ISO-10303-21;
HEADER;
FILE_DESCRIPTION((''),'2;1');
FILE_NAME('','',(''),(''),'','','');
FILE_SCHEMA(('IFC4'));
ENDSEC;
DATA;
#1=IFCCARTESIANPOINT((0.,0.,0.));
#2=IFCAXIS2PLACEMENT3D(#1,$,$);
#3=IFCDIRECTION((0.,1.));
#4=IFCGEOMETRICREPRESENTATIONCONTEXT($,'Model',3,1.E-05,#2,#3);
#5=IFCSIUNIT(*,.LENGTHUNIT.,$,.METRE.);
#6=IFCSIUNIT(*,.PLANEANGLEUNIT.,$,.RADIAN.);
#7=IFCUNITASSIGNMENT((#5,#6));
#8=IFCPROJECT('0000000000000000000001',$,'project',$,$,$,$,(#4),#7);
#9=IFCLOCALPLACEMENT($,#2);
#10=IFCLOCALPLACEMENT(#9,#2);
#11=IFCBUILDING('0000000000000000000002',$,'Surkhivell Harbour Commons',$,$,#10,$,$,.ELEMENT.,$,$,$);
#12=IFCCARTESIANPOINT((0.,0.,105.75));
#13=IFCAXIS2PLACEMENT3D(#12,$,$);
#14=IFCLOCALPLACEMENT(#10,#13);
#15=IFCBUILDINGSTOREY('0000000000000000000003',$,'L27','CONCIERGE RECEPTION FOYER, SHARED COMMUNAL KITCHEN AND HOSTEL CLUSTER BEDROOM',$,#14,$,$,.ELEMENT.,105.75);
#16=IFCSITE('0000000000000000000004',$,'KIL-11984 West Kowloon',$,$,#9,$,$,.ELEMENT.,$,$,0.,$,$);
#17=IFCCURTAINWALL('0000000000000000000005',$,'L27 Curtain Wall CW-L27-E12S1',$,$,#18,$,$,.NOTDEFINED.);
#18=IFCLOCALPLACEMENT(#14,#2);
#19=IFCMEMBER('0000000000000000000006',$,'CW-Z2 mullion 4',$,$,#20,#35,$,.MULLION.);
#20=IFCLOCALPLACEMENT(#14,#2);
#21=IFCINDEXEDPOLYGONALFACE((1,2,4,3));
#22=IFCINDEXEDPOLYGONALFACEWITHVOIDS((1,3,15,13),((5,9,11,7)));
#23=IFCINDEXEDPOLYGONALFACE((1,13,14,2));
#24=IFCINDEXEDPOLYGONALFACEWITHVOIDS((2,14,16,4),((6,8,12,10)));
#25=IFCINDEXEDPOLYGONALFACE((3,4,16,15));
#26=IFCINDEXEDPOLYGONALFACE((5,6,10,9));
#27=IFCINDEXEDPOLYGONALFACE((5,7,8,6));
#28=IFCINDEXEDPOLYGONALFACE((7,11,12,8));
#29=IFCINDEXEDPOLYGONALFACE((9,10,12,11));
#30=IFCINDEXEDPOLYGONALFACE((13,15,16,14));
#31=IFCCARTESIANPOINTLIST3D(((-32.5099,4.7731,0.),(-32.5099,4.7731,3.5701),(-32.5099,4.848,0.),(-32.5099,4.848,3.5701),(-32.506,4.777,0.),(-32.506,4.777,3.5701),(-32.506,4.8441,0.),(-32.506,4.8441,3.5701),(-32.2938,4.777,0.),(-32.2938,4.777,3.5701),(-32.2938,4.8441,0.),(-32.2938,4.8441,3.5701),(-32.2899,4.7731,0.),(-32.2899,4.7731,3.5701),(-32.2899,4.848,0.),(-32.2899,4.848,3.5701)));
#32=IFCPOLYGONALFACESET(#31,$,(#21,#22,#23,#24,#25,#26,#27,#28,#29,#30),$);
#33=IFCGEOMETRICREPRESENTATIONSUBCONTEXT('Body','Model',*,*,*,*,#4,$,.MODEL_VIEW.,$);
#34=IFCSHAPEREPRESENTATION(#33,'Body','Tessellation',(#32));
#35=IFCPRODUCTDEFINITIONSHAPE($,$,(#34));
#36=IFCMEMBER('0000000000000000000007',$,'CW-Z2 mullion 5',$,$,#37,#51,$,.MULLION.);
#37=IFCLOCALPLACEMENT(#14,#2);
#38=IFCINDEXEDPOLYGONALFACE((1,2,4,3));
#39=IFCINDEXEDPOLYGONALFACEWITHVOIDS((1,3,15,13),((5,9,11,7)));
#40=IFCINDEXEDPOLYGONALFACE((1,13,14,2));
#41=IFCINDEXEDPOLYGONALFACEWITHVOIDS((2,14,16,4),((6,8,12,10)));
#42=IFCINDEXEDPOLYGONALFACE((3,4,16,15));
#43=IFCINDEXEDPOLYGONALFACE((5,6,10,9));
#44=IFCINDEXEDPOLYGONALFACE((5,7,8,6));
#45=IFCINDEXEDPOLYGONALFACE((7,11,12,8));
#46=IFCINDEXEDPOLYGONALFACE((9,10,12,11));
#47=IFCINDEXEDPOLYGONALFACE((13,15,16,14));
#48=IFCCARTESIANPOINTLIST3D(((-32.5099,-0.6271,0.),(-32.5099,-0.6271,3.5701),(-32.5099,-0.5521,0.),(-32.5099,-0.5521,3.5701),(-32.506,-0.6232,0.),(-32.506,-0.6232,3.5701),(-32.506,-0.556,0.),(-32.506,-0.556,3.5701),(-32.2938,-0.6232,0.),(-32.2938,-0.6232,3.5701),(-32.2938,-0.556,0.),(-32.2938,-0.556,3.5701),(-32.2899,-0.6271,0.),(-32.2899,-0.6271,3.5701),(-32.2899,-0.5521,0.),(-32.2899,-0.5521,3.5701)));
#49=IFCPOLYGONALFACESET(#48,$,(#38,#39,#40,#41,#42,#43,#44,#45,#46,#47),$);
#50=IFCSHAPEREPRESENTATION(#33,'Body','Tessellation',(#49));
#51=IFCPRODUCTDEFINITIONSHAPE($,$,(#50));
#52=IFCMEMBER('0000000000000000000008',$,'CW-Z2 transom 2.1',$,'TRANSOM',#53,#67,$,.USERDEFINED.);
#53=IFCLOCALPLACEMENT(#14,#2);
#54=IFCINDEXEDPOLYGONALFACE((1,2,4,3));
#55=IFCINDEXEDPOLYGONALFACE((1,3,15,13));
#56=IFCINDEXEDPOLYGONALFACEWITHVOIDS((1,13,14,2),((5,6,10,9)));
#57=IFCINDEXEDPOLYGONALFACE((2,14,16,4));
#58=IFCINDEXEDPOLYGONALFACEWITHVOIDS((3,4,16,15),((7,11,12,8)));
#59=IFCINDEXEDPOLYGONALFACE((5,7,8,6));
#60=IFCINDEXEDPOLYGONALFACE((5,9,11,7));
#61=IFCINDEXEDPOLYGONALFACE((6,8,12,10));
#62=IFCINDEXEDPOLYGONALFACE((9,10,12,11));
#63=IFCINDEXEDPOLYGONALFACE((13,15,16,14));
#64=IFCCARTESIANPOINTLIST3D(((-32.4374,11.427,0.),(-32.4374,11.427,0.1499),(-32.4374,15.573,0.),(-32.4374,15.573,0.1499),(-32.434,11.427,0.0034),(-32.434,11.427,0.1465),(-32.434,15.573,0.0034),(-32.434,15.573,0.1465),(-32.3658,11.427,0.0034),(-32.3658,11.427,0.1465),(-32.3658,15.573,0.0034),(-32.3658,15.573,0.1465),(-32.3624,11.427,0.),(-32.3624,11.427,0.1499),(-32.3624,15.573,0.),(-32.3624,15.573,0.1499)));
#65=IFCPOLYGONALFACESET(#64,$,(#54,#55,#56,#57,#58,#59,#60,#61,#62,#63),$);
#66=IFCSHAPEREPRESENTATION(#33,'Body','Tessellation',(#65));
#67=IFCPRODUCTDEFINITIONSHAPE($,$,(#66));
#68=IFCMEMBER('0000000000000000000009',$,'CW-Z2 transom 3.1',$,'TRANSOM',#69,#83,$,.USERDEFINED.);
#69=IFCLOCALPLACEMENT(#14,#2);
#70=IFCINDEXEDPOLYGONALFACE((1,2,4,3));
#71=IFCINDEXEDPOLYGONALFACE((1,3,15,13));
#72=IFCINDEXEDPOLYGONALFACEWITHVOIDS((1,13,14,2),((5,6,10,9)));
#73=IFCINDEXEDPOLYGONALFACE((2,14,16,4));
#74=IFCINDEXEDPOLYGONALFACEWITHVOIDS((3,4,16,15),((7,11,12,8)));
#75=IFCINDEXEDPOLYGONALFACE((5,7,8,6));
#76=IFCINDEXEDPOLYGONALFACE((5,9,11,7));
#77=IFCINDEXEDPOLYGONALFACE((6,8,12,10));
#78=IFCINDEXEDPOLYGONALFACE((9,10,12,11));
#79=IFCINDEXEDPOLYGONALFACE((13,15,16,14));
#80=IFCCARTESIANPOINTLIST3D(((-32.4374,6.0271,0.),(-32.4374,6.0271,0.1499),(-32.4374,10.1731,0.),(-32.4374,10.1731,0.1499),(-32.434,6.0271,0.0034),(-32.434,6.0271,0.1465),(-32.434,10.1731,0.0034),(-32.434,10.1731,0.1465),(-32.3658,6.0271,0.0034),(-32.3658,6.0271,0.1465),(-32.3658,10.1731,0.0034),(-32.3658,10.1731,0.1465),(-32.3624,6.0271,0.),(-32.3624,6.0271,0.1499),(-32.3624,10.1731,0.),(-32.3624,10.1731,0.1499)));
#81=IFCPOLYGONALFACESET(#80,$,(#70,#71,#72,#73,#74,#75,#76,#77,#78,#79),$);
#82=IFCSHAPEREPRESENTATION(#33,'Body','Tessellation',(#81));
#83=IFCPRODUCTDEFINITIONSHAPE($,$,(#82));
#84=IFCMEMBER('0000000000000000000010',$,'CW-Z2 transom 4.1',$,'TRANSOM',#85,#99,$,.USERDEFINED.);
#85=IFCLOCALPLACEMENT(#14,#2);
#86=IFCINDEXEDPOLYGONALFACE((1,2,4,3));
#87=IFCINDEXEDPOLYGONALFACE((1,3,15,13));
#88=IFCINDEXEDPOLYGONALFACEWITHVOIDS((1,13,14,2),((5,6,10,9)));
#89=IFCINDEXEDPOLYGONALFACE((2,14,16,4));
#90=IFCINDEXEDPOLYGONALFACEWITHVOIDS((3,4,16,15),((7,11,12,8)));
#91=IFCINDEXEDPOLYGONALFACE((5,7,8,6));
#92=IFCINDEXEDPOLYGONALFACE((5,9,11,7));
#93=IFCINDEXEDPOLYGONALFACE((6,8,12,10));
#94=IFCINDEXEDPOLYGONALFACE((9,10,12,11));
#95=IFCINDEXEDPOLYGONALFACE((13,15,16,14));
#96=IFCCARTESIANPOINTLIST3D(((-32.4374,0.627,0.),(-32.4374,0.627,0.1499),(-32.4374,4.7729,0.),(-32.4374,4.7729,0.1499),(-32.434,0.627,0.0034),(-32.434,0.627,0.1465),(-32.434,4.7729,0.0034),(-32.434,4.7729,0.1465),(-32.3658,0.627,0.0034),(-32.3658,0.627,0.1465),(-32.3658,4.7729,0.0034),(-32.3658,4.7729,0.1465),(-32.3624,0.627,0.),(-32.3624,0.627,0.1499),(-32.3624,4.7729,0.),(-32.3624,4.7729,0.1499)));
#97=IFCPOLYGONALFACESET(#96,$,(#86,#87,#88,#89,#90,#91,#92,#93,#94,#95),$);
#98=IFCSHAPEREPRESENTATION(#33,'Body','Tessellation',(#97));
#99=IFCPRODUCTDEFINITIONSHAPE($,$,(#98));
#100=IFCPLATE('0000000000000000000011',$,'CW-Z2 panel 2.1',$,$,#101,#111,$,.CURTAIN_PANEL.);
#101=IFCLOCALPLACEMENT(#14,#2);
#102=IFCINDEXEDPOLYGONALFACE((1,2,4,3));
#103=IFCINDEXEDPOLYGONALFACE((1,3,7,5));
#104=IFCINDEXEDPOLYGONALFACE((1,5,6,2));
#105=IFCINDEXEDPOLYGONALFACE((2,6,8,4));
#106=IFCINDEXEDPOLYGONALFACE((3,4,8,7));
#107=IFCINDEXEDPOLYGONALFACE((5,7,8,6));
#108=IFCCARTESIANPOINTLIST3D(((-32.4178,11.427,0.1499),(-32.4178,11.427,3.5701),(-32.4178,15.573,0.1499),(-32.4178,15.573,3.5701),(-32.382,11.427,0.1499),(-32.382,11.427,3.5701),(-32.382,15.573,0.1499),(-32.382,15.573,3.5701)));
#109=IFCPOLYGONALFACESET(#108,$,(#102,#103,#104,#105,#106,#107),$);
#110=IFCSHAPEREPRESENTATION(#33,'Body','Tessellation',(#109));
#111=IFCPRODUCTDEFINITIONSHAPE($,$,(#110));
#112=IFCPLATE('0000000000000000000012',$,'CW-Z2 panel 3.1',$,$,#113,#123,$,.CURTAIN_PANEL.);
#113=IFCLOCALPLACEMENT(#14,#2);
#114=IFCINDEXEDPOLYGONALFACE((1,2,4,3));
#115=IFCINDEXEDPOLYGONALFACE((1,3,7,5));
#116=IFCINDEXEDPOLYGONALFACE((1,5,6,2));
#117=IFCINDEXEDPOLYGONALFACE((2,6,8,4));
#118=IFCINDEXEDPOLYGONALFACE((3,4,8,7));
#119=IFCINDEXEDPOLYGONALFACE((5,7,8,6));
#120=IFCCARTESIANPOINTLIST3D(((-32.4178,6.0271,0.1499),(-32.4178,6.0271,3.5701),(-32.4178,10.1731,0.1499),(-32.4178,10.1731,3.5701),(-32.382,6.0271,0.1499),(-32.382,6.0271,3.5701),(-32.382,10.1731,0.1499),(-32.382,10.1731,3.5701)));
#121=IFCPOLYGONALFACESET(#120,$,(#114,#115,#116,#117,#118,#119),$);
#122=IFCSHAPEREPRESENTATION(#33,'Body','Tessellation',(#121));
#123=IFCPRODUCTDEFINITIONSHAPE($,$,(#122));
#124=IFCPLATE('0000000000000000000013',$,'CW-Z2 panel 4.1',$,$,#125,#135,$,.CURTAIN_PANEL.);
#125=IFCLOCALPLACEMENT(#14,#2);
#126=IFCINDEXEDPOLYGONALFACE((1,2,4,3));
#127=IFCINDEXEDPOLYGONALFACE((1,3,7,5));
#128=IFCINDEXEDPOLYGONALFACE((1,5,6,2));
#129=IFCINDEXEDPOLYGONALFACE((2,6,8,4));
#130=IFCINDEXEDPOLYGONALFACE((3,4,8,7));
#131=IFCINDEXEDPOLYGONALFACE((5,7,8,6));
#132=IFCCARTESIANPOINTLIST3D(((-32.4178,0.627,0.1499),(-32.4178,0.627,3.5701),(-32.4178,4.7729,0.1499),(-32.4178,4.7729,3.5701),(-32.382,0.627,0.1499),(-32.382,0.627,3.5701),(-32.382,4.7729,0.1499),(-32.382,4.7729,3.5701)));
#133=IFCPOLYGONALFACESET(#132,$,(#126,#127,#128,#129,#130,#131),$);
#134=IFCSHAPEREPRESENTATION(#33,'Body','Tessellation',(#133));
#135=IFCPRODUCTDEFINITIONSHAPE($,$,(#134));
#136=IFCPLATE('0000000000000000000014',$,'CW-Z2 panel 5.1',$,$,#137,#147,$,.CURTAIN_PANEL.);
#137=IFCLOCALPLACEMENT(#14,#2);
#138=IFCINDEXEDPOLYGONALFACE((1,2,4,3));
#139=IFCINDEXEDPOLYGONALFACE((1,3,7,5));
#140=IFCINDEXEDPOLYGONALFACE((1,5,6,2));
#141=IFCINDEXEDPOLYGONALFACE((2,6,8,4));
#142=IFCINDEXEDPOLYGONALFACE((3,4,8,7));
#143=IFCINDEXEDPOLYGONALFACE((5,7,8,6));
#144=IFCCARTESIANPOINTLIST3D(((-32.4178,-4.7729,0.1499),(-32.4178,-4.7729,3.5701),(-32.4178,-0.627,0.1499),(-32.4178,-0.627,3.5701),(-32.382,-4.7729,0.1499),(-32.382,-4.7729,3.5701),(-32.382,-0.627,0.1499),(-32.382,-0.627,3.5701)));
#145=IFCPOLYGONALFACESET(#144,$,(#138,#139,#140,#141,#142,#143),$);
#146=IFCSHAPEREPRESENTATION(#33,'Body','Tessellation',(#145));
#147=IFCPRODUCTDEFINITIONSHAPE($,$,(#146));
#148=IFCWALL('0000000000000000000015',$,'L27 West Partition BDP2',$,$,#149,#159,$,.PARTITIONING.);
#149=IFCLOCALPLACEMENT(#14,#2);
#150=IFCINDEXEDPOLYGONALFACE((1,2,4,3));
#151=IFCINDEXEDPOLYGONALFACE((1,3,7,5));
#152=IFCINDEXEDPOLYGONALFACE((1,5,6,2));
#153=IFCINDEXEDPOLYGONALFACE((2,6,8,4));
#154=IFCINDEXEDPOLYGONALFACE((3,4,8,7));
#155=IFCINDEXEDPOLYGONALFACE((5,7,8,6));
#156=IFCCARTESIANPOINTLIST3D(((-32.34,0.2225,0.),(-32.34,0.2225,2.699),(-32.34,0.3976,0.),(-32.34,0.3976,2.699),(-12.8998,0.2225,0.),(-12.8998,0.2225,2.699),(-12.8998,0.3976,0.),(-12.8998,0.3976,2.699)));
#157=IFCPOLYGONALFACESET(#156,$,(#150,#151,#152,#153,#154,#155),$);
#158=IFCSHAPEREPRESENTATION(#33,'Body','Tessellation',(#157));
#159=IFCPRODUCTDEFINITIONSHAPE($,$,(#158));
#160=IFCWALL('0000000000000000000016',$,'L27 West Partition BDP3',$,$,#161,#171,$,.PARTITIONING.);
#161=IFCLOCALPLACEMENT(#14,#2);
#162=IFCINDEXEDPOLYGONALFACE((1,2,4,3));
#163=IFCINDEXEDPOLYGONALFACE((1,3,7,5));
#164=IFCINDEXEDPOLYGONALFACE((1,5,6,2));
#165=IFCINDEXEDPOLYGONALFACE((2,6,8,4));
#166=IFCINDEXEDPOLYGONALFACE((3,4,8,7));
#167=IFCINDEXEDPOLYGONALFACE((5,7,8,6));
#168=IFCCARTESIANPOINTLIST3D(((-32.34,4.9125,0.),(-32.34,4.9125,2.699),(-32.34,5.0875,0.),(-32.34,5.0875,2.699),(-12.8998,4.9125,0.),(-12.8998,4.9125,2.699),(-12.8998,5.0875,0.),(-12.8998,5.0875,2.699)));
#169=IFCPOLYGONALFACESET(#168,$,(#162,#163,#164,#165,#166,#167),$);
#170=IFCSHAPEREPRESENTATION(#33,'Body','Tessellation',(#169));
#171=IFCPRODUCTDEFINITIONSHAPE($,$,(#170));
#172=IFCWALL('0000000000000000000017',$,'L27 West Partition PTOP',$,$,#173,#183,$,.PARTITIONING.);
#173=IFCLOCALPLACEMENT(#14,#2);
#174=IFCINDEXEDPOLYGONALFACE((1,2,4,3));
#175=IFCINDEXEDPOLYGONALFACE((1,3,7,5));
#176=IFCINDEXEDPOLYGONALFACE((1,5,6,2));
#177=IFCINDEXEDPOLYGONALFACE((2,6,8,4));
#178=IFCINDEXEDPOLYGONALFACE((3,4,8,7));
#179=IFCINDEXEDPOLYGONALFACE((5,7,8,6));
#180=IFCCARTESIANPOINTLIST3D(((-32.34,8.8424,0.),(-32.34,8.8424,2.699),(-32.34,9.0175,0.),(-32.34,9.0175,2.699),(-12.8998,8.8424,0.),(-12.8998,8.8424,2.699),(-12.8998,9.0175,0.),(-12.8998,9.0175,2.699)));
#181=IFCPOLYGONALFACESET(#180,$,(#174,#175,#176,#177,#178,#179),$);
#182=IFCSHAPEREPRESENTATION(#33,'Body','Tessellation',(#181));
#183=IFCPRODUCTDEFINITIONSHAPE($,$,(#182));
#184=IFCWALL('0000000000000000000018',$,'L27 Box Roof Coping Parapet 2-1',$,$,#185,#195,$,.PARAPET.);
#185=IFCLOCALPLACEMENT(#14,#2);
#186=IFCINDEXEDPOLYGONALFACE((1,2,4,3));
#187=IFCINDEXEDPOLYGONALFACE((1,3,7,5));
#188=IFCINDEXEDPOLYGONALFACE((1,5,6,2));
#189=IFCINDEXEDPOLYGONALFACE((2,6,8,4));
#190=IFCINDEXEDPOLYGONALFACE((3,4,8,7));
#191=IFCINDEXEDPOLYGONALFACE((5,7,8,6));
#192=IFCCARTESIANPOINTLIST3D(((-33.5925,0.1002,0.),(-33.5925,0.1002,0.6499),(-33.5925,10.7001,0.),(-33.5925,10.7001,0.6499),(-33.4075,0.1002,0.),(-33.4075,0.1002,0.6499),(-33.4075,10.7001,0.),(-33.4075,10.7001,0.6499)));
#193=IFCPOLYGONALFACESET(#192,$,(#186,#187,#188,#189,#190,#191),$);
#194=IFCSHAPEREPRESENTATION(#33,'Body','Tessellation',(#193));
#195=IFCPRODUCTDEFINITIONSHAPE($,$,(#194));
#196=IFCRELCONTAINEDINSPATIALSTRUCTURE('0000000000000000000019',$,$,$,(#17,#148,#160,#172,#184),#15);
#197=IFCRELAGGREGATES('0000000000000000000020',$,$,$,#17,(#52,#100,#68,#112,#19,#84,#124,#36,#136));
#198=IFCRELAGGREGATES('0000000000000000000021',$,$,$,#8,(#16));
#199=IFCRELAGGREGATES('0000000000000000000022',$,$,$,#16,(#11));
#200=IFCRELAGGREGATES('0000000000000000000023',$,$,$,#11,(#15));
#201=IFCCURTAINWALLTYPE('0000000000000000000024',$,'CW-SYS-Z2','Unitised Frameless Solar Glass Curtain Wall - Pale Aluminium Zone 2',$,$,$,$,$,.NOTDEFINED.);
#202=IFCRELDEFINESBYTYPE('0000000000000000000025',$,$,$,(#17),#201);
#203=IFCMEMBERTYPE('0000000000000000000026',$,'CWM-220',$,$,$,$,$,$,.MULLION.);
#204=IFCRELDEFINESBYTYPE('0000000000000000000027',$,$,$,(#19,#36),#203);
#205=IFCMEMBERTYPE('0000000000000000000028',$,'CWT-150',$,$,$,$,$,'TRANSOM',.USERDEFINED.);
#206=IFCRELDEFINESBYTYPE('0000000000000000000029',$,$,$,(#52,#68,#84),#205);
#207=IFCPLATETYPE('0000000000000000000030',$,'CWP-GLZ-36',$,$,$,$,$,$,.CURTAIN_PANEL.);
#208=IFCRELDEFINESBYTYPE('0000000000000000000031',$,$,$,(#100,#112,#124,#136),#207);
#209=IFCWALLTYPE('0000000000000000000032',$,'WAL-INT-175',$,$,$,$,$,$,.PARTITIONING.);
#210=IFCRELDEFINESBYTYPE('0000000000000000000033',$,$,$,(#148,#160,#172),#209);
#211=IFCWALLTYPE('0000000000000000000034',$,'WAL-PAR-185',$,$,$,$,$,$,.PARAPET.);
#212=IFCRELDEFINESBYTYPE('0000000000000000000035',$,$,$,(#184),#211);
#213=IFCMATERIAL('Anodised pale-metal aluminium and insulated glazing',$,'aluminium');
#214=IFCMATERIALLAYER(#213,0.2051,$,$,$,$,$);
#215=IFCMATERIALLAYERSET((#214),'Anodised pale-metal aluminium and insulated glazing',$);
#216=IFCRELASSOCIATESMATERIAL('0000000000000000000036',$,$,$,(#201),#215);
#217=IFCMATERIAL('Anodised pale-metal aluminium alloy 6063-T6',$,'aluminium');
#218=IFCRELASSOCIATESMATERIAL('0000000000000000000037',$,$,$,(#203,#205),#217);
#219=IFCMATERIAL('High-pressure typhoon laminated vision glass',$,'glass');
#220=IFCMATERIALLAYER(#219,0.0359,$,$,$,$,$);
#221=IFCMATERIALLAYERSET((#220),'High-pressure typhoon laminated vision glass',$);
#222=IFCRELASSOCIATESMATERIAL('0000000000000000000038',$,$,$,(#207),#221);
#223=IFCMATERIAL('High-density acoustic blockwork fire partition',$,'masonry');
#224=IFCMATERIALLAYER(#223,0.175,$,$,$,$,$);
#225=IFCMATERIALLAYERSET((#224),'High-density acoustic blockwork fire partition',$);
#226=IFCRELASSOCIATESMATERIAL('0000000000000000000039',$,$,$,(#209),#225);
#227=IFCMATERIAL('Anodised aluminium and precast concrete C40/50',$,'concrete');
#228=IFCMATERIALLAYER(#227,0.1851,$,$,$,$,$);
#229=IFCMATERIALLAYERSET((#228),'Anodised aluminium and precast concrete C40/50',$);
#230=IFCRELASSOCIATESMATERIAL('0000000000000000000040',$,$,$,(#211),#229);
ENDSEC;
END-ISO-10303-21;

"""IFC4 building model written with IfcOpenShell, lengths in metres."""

from ifc_helpers import new_model, si_unit, direction, frame, frame_2d, origin, origin_2d, place, context, subcontext, project, spatial, rectangle, hollow_rectangle, extrude, material, layer, layer_set, material_profile, profile_set, type_object, element, aggregate, save


model = new_model("IFC4")

# Units and contexts
model_context = context("Model", 3, precision=1e-05, world=origin(), true_north=direction((0.0, 1.0)))
body_context = subcontext(model_context, "Body", "Model", "MODEL_VIEW")
ifc_project = project(units=[si_unit("LENGTHUNIT", "METRE"), si_unit("PLANEANGLEUNIT", "RADIAN")], contexts=[model_context])

# Site, building, storey
site_placement = place(None, origin())
site = spatial("IfcSite", under=ifc_project, at=site_placement, Name="KIL-11984 West Kowloon", CompositionType="ELEMENT", RefElevation=0.0)
building_placement = place(site_placement, origin())
building = spatial("IfcBuilding", under=site, at=building_placement, Name="Surkhivell Harbour Commons", CompositionType="ELEMENT")
storey_placement = place(building_placement, frame((0.0, 0.0, 105.75)))
storey = spatial("IfcBuildingStorey", under=building, at=storey_placement, Name="L27", Description="CONCIERGE RECEPTION FOYER, SHARED COMMUNAL KITCHEN AND HOSTEL CLUSTER BEDROOM", CompositionType="ELEMENT", Elevation=105.75)

# Curtain wall, members, plates
ifc_material_1 = material(Name="Anodised pale-metal aluminium and insulated glazing", Category="aluminium")
ifc_layer_1 = layer(ifc_material_1, 0.2051)
ifc_layer_set_1 = layer_set([ifc_layer_1], Name="Anodised pale-metal aluminium and insulated glazing")
curtain_wall_type = type_object("IfcCurtainWallType", Name="CW-SYS-Z2", Description="Unitised Frameless Solar Glass Curtain Wall - Pale Aluminium Zone 2", PredefinedType="NOTDEFINED", material=ifc_layer_set_1)
curtain_wall_placement = place(storey_placement, origin())
curtain_wall = element("IfcCurtainWall", 1, at=curtain_wall_placement, inside=storey, type_object=curtain_wall_type, Name="L27 Curtain Wall CW-L27-E12S1", PredefinedType="NOTDEFINED")
ifc_material_2 = material(Name="Anodised pale-metal aluminium alloy 6063-T6", Category="aluminium")
ifc_material_profile_1 = material_profile(ifc_material_2, hollow_rectangle(XDim=0.075, YDim=0.22, WallThickness=0.0039, at=origin_2d()), Name="ALU-MULL-75x220")
ifc_profile_set_1 = profile_set([ifc_material_profile_1], Name="Anodised pale-metal aluminium alloy 6063-T6")
member_type_1 = type_object("IfcMemberType", Name="CWM-220", PredefinedType="MULLION", material=ifc_profile_set_1)
member_1_placement = place(storey_placement, frame((-32.3999, 4.8105, 0.0), z_axis=(0.0, 0.0, 1.0), x_axis=(0.0, -1.0, 0.0)))
member_1 = element("IfcMember", 2, at=member_1_placement, type_object=member_type_1, Name="CW-Z2 mullion 4", PredefinedType="MULLION", context=body_context, shape_type="SweptSolid", body=[
    extrude(hollow_rectangle(XDim=0.075, YDim=0.22, WallThickness=0.0039, at=origin_2d()), origin(), (0.0, 0.0, 1.0), 3.5701),
])
member_2_placement = place(storey_placement, frame((-32.3999, -0.5896, 0.0), z_axis=(0.0, 0.0, 1.0), x_axis=(0.0, -1.0, 0.0)))
member_2 = element("IfcMember", 3, at=member_2_placement, type_object=member_type_1, Name="CW-Z2 mullion 5", PredefinedType="MULLION", context=body_context, shape_type="SweptSolid", body=[
    extrude(hollow_rectangle(XDim=0.075, YDim=0.22, WallThickness=0.0039, at=origin_2d()), origin(), (0.0, 0.0, 1.0), 3.5701),
])
ifc_material_profile_2 = material_profile(ifc_material_2, hollow_rectangle(XDim=0.075, YDim=0.1499, WallThickness=0.0034, at=origin_2d()), Name="ALU-TRAN-75x150")
ifc_profile_set_2 = profile_set([ifc_material_profile_2], Name="Anodised pale-metal aluminium alloy 6063-T6")
member_type_2 = type_object("IfcMemberType", Name="CWT-150", ElementType="TRANSOM", PredefinedType="USERDEFINED", material=ifc_profile_set_2)
member_3_placement = place(storey_placement, frame((-32.3999, 15.573, 0.075), z_axis=(0.0, -1.0, 0.0), x_axis=(1.0, 0.0, 0.0)))
member_3 = element("IfcMember", 4, at=member_3_placement, type_object=member_type_2, Name="CW-Z2 transom 2.1", ObjectType="TRANSOM", PredefinedType="USERDEFINED", context=body_context, shape_type="SweptSolid", body=[
    extrude(hollow_rectangle(XDim=0.075, YDim=0.1499, WallThickness=0.0034, at=origin_2d()), origin(), (0.0, 0.0, 1.0), 4.146),
])
member_4_placement = place(storey_placement, frame((-32.3999, 10.1731, 0.075), z_axis=(0.0, -1.0, 0.0), x_axis=(1.0, 0.0, 0.0)))
member_4 = element("IfcMember", 5, at=member_4_placement, type_object=member_type_2, Name="CW-Z2 transom 3.1", ObjectType="TRANSOM", PredefinedType="USERDEFINED", context=body_context, shape_type="SweptSolid", body=[
    extrude(hollow_rectangle(XDim=0.075, YDim=0.1499, WallThickness=0.0034, at=origin_2d()), origin(), (0.0, 0.0, 1.0), 4.146),
])
member_5_placement = place(storey_placement, frame((-32.3999, 4.7729, 0.075), z_axis=(0.0, -1.0, 0.0), x_axis=(1.0, 0.0, 0.0)))
member_5 = element("IfcMember", 6, at=member_5_placement, type_object=member_type_2, Name="CW-Z2 transom 4.1", ObjectType="TRANSOM", PredefinedType="USERDEFINED", context=body_context, shape_type="SweptSolid", body=[
    extrude(hollow_rectangle(XDim=0.075, YDim=0.1499, WallThickness=0.0034, at=origin_2d()), origin(), (0.0, 0.0, 1.0), 4.146),
])
ifc_material_3 = material(Name="High-pressure typhoon laminated vision glass", Category="glass")
ifc_layer_2 = layer(ifc_material_3, 0.0359)
ifc_layer_set_2 = layer_set([ifc_layer_2], Name="High-pressure typhoon laminated vision glass")
plate_type = type_object("IfcPlateType", Name="CWP-GLZ-36", PredefinedType="CURTAIN_PANEL", material=ifc_layer_set_2)
plate_1_placement = place(storey_placement, frame((-32.3999, 15.573, 0.1499), z_axis=(0.0, 0.0, 1.0), x_axis=(0.0, -1.0, 0.0)))
plate_1 = element("IfcPlate", 7, at=plate_1_placement, type_object=plate_type, Name="CW-Z2 panel 2.1", PredefinedType="CURTAIN_PANEL", context=body_context, shape_type="SweptSolid", body=[
    extrude(rectangle(XDim=4.146, YDim=0.0359, at=frame_2d((2.073, 0.0))), origin(), (0.0, 0.0, 1.0), 3.4202),
])
plate_2_placement = place(storey_placement, frame((-32.3999, 10.1731, 0.1499), z_axis=(0.0, 0.0, 1.0), x_axis=(0.0, -1.0, 0.0)))
plate_2 = element("IfcPlate", 8, at=plate_2_placement, type_object=plate_type, Name="CW-Z2 panel 3.1", PredefinedType="CURTAIN_PANEL", context=body_context, shape_type="SweptSolid", body=[
    extrude(rectangle(XDim=4.146, YDim=0.0359, at=frame_2d((2.073, 0.0))), origin(), (0.0, 0.0, 1.0), 3.4202),
])
plate_3_placement = place(storey_placement, frame((-32.3999, 4.7729, 0.1499), z_axis=(0.0, 0.0, 1.0), x_axis=(0.0, -1.0, 0.0)))
plate_3 = element("IfcPlate", 9, at=plate_3_placement, type_object=plate_type, Name="CW-Z2 panel 4.1", PredefinedType="CURTAIN_PANEL", context=body_context, shape_type="SweptSolid", body=[
    extrude(rectangle(XDim=4.146, YDim=0.0359, at=frame_2d((2.073, 0.0))), origin(), (0.0, 0.0, 1.0), 3.4202),
])
plate_4_placement = place(storey_placement, frame((-32.3999, -0.627, 0.1499), z_axis=(0.0, 0.0, 1.0), x_axis=(0.0, -1.0, 0.0)))
plate_4 = element("IfcPlate", 10, at=plate_4_placement, type_object=plate_type, Name="CW-Z2 panel 5.1", PredefinedType="CURTAIN_PANEL", context=body_context, shape_type="SweptSolid", body=[
    extrude(rectangle(XDim=4.146, YDim=0.0359, at=frame_2d((2.073, 0.0))), origin(), (0.0, 0.0, 1.0), 3.4202),
])
aggregate(curtain_wall, [member_3, plate_1, member_4, plate_2, member_1, member_5, plate_3, member_2, plate_4])

# Walls
ifc_material_4 = material(Name="High-density acoustic blockwork fire partition", Category="masonry")
ifc_layer_3 = layer(ifc_material_4, 0.175)
ifc_layer_set_3 = layer_set([ifc_layer_3], Name="High-density acoustic blockwork fire partition")
wall_type_1 = type_object("IfcWallType", Name="WAL-INT-175", PredefinedType="PARTITIONING", material=ifc_layer_set_3)
for number, where, z_axis, x_axis, name in (
    (11, (-32.3401, 0.3101, 0.0), (0.0, 0.0, 1.0), (1.0, 0.0, 0.0), "L27 West Partition BDP2"),
    (12, (-32.3401, 5.0, 0.0), (0.0, 0.0, 1.0), (1.0, 0.0, 0.0), "L27 West Partition BDP3"),
    (13, (-32.3401, 8.9299, 0.0), (0.0, 0.0, 1.0), (1.0, 0.0, 0.0), "L27 West Partition PTOP"),
):
    element("IfcWall", number, at=place(storey_placement, frame(where, z_axis=z_axis, x_axis=x_axis)), inside=storey, type_object=wall_type_1, Name=name, PredefinedType="PARTITIONING", context=body_context, shape_type="SweptSolid", body=[
        extrude(rectangle(XDim=19.4402, YDim=0.175, at=frame_2d((9.7202, 0.0))), origin(), (0.0, 0.0, 1.0), 2.699),
    ])
ifc_material_5 = material(Name="Anodised aluminium and precast concrete C40/50", Category="concrete")
ifc_layer_4 = layer(ifc_material_5, 0.1851)
ifc_layer_set_4 = layer_set([ifc_layer_4], Name="Anodised aluminium and precast concrete C40/50")
wall_type_2 = type_object("IfcWallType", Name="WAL-PAR-185", PredefinedType="PARAPET", material=ifc_layer_set_4)
wall_placement = place(storey_placement, frame((-33.5, 10.7, 0.0), z_axis=(0.0, 0.0, 1.0), x_axis=(0.0, -1.0, 0.0)))
element("IfcWall", 14, at=wall_placement, inside=storey, type_object=wall_type_2, Name="L27 Box Roof Coping Parapet 2-1", PredefinedType="PARAPET", context=body_context, shape_type="SweptSolid", body=[
    extrude(rectangle(XDim=10.5999, YDim=0.1851, at=frame_2d((5.2998, 0.0))), origin(), (0.0, 0.0, 1.0), 0.6499),
])

save(model, "model.ifc")
